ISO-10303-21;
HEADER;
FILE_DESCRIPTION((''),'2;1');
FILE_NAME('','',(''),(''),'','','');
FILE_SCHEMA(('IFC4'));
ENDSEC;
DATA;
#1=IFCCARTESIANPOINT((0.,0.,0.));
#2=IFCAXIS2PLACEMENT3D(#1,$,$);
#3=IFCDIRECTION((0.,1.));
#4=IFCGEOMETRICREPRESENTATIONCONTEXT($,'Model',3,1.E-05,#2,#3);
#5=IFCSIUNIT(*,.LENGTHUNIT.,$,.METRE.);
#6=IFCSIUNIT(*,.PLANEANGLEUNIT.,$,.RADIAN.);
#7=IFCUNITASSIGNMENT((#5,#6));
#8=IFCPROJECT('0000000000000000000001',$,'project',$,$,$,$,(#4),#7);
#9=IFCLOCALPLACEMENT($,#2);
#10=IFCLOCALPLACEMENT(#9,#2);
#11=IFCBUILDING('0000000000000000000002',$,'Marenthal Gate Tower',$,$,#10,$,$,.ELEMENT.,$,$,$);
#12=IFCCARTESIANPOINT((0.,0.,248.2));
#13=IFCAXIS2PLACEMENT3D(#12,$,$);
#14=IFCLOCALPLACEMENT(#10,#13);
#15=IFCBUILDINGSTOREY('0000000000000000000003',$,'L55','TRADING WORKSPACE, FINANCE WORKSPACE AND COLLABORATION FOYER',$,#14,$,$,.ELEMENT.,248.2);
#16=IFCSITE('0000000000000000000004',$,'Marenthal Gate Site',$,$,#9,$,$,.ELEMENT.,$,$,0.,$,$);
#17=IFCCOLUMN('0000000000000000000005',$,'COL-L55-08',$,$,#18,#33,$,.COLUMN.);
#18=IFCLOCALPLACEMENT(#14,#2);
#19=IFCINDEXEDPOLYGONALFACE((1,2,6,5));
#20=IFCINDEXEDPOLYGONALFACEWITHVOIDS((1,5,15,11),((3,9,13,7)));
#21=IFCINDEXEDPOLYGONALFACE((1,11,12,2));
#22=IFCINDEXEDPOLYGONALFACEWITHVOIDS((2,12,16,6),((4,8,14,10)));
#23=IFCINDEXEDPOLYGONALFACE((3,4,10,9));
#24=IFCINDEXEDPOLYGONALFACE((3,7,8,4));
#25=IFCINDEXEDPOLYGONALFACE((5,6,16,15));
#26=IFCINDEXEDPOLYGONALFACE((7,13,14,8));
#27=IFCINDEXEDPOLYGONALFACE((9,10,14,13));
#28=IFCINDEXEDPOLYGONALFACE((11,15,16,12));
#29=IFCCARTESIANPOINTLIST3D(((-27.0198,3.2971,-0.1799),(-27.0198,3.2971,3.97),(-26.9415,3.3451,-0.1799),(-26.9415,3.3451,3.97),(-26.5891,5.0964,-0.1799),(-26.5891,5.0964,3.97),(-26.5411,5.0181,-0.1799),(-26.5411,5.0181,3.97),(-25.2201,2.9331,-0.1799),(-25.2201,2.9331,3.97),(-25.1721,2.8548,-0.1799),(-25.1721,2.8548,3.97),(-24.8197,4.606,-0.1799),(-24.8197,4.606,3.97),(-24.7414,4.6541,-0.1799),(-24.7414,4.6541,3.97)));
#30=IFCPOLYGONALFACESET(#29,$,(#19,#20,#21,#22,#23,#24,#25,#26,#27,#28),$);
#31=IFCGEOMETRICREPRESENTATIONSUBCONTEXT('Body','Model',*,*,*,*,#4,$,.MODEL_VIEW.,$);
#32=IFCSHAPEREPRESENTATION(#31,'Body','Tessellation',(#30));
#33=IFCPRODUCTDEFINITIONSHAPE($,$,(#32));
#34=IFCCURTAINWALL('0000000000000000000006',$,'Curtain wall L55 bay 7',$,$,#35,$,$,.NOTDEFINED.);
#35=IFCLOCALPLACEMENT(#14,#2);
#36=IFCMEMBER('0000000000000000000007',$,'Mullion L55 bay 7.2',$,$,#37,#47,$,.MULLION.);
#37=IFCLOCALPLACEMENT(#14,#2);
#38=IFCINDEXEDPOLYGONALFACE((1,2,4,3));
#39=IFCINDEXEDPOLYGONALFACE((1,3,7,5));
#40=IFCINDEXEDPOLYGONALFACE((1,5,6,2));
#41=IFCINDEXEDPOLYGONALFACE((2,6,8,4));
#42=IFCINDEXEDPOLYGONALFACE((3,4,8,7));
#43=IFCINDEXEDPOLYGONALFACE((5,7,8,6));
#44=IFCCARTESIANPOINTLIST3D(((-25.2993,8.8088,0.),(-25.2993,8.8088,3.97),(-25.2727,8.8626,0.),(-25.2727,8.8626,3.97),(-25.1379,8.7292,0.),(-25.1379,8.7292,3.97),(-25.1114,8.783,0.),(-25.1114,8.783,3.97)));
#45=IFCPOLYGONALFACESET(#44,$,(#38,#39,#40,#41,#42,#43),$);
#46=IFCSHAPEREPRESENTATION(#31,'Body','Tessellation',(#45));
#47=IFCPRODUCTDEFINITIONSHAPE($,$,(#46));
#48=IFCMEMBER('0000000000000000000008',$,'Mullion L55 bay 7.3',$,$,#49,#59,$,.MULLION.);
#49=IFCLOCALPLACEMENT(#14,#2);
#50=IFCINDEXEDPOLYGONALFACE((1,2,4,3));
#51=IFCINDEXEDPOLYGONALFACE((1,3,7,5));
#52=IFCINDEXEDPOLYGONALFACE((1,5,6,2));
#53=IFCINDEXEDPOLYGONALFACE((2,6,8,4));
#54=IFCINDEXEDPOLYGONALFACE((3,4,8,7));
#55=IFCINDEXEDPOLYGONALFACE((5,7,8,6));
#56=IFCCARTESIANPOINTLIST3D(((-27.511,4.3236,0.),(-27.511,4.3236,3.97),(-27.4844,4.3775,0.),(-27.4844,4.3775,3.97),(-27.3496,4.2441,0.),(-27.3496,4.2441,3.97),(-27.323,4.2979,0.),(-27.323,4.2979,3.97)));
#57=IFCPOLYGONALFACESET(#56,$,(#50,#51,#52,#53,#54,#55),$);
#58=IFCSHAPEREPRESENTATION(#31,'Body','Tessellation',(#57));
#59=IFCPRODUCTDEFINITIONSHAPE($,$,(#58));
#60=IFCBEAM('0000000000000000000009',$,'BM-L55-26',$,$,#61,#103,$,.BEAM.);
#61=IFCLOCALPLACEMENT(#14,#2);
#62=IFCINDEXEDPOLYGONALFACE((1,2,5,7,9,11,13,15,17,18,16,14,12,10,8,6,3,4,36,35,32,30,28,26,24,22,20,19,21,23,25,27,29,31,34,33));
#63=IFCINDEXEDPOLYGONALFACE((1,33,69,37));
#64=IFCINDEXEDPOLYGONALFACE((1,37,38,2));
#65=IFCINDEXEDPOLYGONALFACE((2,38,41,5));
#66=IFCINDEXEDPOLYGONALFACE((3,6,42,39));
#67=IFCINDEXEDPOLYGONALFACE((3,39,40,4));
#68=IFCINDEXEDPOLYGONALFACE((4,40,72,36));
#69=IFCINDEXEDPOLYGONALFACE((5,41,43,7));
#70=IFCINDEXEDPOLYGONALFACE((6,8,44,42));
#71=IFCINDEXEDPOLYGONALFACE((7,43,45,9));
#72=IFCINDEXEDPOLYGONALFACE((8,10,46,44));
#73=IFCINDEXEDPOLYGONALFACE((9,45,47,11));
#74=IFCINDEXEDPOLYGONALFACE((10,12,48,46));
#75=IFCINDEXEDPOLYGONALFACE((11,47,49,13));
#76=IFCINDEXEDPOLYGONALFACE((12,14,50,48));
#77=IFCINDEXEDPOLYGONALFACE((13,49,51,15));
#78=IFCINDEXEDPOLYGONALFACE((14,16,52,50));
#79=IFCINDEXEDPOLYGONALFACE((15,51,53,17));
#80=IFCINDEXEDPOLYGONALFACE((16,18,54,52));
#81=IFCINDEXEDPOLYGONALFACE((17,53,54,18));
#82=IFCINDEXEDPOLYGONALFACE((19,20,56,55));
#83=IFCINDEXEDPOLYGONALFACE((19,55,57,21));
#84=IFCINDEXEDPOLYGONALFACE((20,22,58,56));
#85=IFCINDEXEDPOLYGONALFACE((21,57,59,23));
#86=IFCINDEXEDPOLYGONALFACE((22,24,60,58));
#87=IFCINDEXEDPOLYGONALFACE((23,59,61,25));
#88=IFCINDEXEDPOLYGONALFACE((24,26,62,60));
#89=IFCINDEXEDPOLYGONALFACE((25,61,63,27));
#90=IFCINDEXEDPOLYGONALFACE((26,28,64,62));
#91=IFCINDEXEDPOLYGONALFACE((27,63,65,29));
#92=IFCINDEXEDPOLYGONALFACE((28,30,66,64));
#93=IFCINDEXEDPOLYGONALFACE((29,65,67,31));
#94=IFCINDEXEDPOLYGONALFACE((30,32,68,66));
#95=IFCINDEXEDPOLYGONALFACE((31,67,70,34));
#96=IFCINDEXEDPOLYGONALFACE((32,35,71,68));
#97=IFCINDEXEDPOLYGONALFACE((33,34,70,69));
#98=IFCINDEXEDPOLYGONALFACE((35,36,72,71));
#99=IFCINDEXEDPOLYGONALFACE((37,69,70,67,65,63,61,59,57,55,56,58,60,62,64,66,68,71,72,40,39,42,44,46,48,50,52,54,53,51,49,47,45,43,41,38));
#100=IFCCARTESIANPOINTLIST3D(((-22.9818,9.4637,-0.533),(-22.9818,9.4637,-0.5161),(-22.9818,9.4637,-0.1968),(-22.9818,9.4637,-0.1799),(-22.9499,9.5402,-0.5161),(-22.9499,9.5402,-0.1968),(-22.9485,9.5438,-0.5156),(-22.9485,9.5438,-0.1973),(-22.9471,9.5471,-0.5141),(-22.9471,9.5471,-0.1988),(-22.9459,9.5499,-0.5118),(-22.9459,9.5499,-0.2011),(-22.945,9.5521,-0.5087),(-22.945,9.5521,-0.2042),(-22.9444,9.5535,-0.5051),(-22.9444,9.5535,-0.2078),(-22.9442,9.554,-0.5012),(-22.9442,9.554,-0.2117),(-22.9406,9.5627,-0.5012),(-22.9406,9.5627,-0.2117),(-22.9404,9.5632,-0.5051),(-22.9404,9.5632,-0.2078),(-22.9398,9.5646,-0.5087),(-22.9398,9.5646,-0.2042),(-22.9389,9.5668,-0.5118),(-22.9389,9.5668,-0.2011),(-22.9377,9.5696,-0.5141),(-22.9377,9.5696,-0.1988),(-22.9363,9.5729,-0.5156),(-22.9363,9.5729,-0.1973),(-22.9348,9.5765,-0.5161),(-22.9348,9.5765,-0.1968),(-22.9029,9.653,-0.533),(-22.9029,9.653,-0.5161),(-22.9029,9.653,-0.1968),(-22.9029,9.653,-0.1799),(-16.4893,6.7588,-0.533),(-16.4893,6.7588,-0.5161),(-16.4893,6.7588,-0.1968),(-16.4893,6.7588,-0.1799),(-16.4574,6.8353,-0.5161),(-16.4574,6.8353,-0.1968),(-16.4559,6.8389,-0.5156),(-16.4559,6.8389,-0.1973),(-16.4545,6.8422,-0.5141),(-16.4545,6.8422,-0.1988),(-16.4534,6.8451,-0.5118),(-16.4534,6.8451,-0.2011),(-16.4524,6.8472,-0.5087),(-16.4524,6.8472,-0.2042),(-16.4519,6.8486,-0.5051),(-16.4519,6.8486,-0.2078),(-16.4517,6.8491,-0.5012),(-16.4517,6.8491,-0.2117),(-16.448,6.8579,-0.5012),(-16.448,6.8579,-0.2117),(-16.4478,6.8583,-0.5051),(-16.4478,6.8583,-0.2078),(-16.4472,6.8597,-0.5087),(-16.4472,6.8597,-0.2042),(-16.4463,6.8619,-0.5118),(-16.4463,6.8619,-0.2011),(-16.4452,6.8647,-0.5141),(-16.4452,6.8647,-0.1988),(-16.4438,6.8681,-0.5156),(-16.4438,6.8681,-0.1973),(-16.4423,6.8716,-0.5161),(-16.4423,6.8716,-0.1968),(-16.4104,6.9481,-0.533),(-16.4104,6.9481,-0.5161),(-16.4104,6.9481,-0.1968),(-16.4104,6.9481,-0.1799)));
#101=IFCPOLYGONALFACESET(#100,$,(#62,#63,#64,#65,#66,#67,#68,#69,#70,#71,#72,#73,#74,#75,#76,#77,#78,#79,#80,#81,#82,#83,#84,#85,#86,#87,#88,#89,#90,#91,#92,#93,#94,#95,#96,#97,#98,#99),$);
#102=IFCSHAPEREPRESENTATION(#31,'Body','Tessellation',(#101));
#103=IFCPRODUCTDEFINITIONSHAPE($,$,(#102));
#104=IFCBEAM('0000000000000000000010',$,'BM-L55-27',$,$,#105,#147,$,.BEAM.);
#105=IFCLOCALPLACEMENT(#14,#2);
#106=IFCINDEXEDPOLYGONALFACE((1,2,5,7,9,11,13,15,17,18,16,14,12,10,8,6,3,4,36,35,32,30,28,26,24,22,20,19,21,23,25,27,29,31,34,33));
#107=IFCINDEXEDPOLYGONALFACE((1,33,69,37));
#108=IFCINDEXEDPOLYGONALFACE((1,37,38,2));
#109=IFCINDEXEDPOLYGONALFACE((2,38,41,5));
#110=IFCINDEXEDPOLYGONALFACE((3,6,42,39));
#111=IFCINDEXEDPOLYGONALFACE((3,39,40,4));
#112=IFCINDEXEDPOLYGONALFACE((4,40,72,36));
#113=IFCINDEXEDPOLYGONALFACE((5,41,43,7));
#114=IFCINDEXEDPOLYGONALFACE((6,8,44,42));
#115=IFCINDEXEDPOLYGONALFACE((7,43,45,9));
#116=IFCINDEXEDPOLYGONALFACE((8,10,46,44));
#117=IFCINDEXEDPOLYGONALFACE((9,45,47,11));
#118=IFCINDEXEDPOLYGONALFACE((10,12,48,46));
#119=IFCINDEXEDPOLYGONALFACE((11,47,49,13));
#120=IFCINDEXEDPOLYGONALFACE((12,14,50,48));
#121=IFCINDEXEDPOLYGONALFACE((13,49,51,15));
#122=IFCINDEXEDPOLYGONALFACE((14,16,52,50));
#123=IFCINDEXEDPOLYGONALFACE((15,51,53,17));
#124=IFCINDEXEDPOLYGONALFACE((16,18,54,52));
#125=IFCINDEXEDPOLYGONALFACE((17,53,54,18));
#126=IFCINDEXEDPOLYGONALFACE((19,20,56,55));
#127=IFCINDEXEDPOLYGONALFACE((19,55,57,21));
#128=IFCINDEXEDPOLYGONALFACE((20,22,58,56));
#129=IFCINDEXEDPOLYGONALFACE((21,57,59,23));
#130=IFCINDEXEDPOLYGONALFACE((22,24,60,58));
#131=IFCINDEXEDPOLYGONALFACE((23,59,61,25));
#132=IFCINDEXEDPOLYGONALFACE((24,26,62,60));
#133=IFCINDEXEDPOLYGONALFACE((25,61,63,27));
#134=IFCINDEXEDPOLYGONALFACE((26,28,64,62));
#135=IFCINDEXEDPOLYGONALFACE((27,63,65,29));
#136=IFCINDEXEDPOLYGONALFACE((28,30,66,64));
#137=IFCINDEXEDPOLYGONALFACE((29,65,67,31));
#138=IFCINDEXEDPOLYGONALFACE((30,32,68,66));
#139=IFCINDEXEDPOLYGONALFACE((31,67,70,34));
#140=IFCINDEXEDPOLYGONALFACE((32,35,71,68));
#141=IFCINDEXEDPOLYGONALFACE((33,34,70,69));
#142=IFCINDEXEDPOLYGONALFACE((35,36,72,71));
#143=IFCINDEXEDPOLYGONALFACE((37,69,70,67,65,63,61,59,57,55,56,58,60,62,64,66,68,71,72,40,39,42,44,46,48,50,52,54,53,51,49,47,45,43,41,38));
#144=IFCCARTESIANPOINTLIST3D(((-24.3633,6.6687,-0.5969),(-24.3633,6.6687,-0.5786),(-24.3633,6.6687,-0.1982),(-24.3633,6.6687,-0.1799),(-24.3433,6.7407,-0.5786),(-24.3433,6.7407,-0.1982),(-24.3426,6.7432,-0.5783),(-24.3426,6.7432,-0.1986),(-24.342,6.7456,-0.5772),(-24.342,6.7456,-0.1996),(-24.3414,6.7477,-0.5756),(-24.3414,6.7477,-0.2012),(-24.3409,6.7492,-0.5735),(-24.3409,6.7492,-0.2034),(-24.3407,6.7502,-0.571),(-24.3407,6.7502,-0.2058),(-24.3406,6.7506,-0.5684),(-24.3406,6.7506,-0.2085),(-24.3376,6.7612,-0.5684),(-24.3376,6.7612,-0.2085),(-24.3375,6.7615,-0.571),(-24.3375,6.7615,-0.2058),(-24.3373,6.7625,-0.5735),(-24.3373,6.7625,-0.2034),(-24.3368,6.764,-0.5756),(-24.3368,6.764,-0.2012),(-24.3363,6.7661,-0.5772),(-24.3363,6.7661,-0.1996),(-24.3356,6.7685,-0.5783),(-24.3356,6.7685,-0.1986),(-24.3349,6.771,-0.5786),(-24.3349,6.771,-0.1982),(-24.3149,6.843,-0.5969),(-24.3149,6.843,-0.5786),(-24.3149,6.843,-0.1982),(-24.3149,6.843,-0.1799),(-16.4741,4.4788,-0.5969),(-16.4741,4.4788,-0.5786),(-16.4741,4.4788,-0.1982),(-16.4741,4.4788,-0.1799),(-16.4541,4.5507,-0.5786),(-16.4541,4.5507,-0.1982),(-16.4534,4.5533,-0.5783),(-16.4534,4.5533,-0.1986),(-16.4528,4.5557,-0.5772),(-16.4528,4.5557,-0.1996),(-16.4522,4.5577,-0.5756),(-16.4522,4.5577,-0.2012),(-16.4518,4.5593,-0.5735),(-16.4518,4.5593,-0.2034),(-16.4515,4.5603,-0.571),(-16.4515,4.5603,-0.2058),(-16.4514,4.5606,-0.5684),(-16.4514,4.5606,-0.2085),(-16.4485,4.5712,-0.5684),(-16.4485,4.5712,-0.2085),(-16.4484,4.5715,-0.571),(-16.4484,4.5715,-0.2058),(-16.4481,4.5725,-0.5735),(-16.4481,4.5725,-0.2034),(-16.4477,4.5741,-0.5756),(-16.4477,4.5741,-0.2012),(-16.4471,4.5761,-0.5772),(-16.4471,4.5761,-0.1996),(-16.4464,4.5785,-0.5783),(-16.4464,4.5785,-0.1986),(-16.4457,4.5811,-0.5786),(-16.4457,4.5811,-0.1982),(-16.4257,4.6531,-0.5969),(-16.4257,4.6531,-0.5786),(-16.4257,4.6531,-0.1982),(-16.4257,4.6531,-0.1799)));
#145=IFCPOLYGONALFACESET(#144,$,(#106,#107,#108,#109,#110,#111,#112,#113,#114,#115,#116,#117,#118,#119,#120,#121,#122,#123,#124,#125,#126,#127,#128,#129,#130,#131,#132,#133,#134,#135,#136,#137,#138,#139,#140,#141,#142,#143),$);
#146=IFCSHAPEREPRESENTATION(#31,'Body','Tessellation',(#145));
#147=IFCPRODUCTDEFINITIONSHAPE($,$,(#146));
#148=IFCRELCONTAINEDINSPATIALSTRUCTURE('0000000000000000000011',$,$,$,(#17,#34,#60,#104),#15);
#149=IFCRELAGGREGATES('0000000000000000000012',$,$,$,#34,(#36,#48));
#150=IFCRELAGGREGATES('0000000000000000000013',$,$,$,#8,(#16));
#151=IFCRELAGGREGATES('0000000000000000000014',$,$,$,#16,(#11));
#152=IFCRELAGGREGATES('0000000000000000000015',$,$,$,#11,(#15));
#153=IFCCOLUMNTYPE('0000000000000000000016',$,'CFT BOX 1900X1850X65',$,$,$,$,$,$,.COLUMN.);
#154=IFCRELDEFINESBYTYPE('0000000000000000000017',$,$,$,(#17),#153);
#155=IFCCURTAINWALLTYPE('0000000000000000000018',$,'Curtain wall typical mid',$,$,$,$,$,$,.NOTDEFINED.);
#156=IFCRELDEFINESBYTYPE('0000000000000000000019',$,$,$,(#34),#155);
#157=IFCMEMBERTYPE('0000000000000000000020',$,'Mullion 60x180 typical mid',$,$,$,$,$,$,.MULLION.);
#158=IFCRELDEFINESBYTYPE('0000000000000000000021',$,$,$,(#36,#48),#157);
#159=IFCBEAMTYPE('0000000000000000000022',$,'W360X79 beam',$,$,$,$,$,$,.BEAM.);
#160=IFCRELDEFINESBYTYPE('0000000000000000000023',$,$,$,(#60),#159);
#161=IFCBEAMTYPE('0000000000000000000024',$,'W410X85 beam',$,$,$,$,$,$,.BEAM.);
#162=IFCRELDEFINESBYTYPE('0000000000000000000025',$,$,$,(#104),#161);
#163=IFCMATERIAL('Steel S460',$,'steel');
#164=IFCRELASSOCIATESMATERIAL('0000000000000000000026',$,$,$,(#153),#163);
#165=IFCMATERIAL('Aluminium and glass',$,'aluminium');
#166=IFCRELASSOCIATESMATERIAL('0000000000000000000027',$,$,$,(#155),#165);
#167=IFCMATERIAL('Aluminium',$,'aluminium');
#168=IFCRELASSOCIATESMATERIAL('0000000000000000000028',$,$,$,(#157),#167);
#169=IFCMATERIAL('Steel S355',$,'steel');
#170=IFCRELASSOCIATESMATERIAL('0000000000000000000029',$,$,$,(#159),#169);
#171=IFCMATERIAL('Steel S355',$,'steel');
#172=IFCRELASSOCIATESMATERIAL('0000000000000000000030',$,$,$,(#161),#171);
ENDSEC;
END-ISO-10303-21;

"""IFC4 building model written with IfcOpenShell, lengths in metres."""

from ifc_helpers import new_model, si_unit, direction, frame, origin, origin_2d, place, context, subcontext, project, spatial, rectangle, hollow_rectangle, i_section, extrude, material, material_profile, profile_set, type_object, element, aggregate, save


model = new_model("IFC4")

# Units and contexts
model_context = context("Model", 3, precision=1e-05, world=origin(), true_north=direction((0.0, 1.0)))
body_context = subcontext(model_context, "Body", "Model", "MODEL_VIEW")
ifc_project = project(units=[si_unit("LENGTHUNIT", "METRE"), si_unit("PLANEANGLEUNIT", "RADIAN")], contexts=[model_context])

# Site, building, storey
site_placement = place(None, origin())
site = spatial("IfcSite", under=ifc_project, at=site_placement, Name="Marenthal Gate Site", CompositionType="ELEMENT", RefElevation=0.0)
building_placement = place(site_placement, origin())
building = spatial("IfcBuilding", under=site, at=building_placement, Name="Marenthal Gate Tower", CompositionType="ELEMENT")
storey_placement = place(building_placement, frame((0.0, 0.0, 248.2)))
storey = spatial("IfcBuildingStorey", under=building, at=storey_placement, Name="L55", Description="TRADING WORKSPACE, FINANCE WORKSPACE AND COLLABORATION FOYER", CompositionType="ELEMENT", Elevation=248.2)

# Column
ifc_material_1 = material(Name="Steel S460", Category="steel")
ifc_material_profile_1 = material_profile(ifc_material_1, hollow_rectangle(XDim=1.8501, YDim=1.8999, WallThickness=0.0649, at=origin_2d()), Name="CFT BOX 1900X1850X65")
ifc_material_2 = material(Name="Concrete 70 MPa", Category="concrete")
ifc_material_profile_2 = material_profile(ifc_material_2, rectangle(XDim=1.72, YDim=1.77, at=origin_2d()), Name="CFT BOX 1900X1850X65 INFILL")
ifc_profile_set_1 = profile_set([ifc_material_profile_1, ifc_material_profile_2], Name="Steel S460 shell, Concrete 70 MPa infill")
column_type = type_object("IfcColumnType", Name="CFT BOX 1900X1850X65", PredefinedType="COLUMN", material=ifc_profile_set_1)
column_placement = place(storey_placement, frame((-25.8806, 3.9756, -0.1799), z_axis=(0.0, 0.0, 1.0), x_axis=(0.232783, 0.972529, 0.0)))
element("IfcColumn", 1, at=column_placement, inside=storey, type_object=column_type, Name="COL-L55-08", PredefinedType="COLUMN", context=body_context, shape_type="SweptSolid", body=[
    extrude(hollow_rectangle(XDim=1.8501, YDim=1.8999, WallThickness=0.0649, at=origin_2d()), origin(), (0.0, 0.0, 1.0), 4.1499),
])

# Curtain wall, members
ifc_material_3 = material(Name="Aluminium and glass", Category="aluminium")
curtain_wall_type = type_object("IfcCurtainWallType", Name="Curtain wall typical mid", PredefinedType="NOTDEFINED", material=ifc_material_3)
curtain_wall_placement = place(storey_placement, origin())
curtain_wall = element("IfcCurtainWall", 2, at=curtain_wall_placement, inside=storey, type_object=curtain_wall_type, Name="Curtain wall L55 bay 7", PredefinedType="NOTDEFINED")
ifc_material_4 = material(Name="Aluminium", Category="aluminium")
ifc_material_profile_3 = material_profile(ifc_material_4, rectangle(XDim=0.1799, YDim=0.0601, at=origin_2d()), Name="60x180 aluminium mullion")
ifc_profile_set_2 = profile_set([ifc_material_profile_3], Name="Aluminium")
member_type = type_object("IfcMemberType", Name="Mullion 60x180 typical mid", PredefinedType="MULLION", material=ifc_profile_set_2)
member_1_placement = place(storey_placement, frame((-25.2053, 8.7959, 0.0), z_axis=(0.0, 0.0, 1.0), x_axis=(0.896882, -0.442269, 0.0)))
member_1 = element("IfcMember", 3, at=member_1_placement, type_object=member_type, Name="Mullion L55 bay 7.2", PredefinedType="MULLION", context=body_context, shape_type="SweptSolid", body=[
    extrude(rectangle(XDim=0.1799, YDim=0.0601, at=origin_2d()), origin(), (0.0, 0.0, 1.0), 3.97),
])
member_2_placement = place(storey_placement, frame((-27.417, 4.3108, 0.0), z_axis=(0.0, 0.0, 1.0), x_axis=(0.896882, -0.442269, 0.0)))
member_2 = element("IfcMember", 4, at=member_2_placement, type_object=member_type, Name="Mullion L55 bay 7.3", PredefinedType="MULLION", context=body_context, shape_type="SweptSolid", body=[
    extrude(rectangle(XDim=0.1799, YDim=0.0601, at=origin_2d()), origin(), (0.0, 0.0, 1.0), 3.97),
])

# Beams
ifc_material_5 = material(Name="Steel S355", Category="steel")
ifc_material_profile_4 = material_profile(ifc_material_5, i_section(OverallWidth=0.2051, OverallDepth=0.353, WebThickness=0.0095, FlangeThickness=0.0168, FilletRadius=0.0149, at=origin_2d()), Name="W360X79")
ifc_profile_set_3 = profile_set([ifc_material_profile_4], Name="Steel S355")
beam_type_1 = type_object("IfcBeamType", Name="W360X79 beam", PredefinedType="BEAM", material=ifc_profile_set_3)
beam_1_placement = place(storey_placement, frame((-22.9424, 9.5583, -0.3564), z_axis=(0.923094, -0.384573, 0.0), x_axis=(0.384573, 0.923094, 0.0)))
element("IfcBeam", 5, at=beam_1_placement, inside=storey, type_object=beam_type_1, Name="BM-L55-26", PredefinedType="BEAM", context=body_context, shape_type="SweptSolid", body=[
    extrude(i_section(OverallWidth=0.2051, OverallDepth=0.353, WebThickness=0.0095, FlangeThickness=0.0168, FilletRadius=0.0149, at=origin_2d()), origin(), (0.0, 0.0, 1.0), 7.0334),
])
ifc_material_6 = material(Name="Steel S355", Category="steel")
ifc_material_profile_5 = material_profile(ifc_material_6, i_section(OverallWidth=0.1809, OverallDepth=0.417, WebThickness=0.011, FlangeThickness=0.0183, FilletRadius=0.0103, at=origin_2d()), Name="W410X85")
ifc_profile_set_4 = profile_set([ifc_material_profile_5], Name="Steel S355")
beam_type_2 = type_object("IfcBeamType", Name="W410X85 beam", PredefinedType="BEAM", material=ifc_profile_set_4)
beam_2_placement = place(storey_placement, frame((-24.3391, 6.7559, -0.3884), z_axis=(0.963565, -0.267475, 0.0), x_axis=(0.267475, 0.963565, 0.0)))
element("IfcBeam", 6, at=beam_2_placement, inside=storey, type_object=beam_type_2, Name="BM-L55-27", PredefinedType="BEAM", context=body_context, shape_type="SweptSolid", body=[
    extrude(i_section(OverallWidth=0.1809, OverallDepth=0.417, WebThickness=0.011, FlangeThickness=0.0183, FilletRadius=0.0103, at=origin_2d()), origin(), (0.0, 0.0, 1.0), 8.1875),
])

aggregate(curtain_wall, [member_1, member_2])

save(model, "model.ifc")
